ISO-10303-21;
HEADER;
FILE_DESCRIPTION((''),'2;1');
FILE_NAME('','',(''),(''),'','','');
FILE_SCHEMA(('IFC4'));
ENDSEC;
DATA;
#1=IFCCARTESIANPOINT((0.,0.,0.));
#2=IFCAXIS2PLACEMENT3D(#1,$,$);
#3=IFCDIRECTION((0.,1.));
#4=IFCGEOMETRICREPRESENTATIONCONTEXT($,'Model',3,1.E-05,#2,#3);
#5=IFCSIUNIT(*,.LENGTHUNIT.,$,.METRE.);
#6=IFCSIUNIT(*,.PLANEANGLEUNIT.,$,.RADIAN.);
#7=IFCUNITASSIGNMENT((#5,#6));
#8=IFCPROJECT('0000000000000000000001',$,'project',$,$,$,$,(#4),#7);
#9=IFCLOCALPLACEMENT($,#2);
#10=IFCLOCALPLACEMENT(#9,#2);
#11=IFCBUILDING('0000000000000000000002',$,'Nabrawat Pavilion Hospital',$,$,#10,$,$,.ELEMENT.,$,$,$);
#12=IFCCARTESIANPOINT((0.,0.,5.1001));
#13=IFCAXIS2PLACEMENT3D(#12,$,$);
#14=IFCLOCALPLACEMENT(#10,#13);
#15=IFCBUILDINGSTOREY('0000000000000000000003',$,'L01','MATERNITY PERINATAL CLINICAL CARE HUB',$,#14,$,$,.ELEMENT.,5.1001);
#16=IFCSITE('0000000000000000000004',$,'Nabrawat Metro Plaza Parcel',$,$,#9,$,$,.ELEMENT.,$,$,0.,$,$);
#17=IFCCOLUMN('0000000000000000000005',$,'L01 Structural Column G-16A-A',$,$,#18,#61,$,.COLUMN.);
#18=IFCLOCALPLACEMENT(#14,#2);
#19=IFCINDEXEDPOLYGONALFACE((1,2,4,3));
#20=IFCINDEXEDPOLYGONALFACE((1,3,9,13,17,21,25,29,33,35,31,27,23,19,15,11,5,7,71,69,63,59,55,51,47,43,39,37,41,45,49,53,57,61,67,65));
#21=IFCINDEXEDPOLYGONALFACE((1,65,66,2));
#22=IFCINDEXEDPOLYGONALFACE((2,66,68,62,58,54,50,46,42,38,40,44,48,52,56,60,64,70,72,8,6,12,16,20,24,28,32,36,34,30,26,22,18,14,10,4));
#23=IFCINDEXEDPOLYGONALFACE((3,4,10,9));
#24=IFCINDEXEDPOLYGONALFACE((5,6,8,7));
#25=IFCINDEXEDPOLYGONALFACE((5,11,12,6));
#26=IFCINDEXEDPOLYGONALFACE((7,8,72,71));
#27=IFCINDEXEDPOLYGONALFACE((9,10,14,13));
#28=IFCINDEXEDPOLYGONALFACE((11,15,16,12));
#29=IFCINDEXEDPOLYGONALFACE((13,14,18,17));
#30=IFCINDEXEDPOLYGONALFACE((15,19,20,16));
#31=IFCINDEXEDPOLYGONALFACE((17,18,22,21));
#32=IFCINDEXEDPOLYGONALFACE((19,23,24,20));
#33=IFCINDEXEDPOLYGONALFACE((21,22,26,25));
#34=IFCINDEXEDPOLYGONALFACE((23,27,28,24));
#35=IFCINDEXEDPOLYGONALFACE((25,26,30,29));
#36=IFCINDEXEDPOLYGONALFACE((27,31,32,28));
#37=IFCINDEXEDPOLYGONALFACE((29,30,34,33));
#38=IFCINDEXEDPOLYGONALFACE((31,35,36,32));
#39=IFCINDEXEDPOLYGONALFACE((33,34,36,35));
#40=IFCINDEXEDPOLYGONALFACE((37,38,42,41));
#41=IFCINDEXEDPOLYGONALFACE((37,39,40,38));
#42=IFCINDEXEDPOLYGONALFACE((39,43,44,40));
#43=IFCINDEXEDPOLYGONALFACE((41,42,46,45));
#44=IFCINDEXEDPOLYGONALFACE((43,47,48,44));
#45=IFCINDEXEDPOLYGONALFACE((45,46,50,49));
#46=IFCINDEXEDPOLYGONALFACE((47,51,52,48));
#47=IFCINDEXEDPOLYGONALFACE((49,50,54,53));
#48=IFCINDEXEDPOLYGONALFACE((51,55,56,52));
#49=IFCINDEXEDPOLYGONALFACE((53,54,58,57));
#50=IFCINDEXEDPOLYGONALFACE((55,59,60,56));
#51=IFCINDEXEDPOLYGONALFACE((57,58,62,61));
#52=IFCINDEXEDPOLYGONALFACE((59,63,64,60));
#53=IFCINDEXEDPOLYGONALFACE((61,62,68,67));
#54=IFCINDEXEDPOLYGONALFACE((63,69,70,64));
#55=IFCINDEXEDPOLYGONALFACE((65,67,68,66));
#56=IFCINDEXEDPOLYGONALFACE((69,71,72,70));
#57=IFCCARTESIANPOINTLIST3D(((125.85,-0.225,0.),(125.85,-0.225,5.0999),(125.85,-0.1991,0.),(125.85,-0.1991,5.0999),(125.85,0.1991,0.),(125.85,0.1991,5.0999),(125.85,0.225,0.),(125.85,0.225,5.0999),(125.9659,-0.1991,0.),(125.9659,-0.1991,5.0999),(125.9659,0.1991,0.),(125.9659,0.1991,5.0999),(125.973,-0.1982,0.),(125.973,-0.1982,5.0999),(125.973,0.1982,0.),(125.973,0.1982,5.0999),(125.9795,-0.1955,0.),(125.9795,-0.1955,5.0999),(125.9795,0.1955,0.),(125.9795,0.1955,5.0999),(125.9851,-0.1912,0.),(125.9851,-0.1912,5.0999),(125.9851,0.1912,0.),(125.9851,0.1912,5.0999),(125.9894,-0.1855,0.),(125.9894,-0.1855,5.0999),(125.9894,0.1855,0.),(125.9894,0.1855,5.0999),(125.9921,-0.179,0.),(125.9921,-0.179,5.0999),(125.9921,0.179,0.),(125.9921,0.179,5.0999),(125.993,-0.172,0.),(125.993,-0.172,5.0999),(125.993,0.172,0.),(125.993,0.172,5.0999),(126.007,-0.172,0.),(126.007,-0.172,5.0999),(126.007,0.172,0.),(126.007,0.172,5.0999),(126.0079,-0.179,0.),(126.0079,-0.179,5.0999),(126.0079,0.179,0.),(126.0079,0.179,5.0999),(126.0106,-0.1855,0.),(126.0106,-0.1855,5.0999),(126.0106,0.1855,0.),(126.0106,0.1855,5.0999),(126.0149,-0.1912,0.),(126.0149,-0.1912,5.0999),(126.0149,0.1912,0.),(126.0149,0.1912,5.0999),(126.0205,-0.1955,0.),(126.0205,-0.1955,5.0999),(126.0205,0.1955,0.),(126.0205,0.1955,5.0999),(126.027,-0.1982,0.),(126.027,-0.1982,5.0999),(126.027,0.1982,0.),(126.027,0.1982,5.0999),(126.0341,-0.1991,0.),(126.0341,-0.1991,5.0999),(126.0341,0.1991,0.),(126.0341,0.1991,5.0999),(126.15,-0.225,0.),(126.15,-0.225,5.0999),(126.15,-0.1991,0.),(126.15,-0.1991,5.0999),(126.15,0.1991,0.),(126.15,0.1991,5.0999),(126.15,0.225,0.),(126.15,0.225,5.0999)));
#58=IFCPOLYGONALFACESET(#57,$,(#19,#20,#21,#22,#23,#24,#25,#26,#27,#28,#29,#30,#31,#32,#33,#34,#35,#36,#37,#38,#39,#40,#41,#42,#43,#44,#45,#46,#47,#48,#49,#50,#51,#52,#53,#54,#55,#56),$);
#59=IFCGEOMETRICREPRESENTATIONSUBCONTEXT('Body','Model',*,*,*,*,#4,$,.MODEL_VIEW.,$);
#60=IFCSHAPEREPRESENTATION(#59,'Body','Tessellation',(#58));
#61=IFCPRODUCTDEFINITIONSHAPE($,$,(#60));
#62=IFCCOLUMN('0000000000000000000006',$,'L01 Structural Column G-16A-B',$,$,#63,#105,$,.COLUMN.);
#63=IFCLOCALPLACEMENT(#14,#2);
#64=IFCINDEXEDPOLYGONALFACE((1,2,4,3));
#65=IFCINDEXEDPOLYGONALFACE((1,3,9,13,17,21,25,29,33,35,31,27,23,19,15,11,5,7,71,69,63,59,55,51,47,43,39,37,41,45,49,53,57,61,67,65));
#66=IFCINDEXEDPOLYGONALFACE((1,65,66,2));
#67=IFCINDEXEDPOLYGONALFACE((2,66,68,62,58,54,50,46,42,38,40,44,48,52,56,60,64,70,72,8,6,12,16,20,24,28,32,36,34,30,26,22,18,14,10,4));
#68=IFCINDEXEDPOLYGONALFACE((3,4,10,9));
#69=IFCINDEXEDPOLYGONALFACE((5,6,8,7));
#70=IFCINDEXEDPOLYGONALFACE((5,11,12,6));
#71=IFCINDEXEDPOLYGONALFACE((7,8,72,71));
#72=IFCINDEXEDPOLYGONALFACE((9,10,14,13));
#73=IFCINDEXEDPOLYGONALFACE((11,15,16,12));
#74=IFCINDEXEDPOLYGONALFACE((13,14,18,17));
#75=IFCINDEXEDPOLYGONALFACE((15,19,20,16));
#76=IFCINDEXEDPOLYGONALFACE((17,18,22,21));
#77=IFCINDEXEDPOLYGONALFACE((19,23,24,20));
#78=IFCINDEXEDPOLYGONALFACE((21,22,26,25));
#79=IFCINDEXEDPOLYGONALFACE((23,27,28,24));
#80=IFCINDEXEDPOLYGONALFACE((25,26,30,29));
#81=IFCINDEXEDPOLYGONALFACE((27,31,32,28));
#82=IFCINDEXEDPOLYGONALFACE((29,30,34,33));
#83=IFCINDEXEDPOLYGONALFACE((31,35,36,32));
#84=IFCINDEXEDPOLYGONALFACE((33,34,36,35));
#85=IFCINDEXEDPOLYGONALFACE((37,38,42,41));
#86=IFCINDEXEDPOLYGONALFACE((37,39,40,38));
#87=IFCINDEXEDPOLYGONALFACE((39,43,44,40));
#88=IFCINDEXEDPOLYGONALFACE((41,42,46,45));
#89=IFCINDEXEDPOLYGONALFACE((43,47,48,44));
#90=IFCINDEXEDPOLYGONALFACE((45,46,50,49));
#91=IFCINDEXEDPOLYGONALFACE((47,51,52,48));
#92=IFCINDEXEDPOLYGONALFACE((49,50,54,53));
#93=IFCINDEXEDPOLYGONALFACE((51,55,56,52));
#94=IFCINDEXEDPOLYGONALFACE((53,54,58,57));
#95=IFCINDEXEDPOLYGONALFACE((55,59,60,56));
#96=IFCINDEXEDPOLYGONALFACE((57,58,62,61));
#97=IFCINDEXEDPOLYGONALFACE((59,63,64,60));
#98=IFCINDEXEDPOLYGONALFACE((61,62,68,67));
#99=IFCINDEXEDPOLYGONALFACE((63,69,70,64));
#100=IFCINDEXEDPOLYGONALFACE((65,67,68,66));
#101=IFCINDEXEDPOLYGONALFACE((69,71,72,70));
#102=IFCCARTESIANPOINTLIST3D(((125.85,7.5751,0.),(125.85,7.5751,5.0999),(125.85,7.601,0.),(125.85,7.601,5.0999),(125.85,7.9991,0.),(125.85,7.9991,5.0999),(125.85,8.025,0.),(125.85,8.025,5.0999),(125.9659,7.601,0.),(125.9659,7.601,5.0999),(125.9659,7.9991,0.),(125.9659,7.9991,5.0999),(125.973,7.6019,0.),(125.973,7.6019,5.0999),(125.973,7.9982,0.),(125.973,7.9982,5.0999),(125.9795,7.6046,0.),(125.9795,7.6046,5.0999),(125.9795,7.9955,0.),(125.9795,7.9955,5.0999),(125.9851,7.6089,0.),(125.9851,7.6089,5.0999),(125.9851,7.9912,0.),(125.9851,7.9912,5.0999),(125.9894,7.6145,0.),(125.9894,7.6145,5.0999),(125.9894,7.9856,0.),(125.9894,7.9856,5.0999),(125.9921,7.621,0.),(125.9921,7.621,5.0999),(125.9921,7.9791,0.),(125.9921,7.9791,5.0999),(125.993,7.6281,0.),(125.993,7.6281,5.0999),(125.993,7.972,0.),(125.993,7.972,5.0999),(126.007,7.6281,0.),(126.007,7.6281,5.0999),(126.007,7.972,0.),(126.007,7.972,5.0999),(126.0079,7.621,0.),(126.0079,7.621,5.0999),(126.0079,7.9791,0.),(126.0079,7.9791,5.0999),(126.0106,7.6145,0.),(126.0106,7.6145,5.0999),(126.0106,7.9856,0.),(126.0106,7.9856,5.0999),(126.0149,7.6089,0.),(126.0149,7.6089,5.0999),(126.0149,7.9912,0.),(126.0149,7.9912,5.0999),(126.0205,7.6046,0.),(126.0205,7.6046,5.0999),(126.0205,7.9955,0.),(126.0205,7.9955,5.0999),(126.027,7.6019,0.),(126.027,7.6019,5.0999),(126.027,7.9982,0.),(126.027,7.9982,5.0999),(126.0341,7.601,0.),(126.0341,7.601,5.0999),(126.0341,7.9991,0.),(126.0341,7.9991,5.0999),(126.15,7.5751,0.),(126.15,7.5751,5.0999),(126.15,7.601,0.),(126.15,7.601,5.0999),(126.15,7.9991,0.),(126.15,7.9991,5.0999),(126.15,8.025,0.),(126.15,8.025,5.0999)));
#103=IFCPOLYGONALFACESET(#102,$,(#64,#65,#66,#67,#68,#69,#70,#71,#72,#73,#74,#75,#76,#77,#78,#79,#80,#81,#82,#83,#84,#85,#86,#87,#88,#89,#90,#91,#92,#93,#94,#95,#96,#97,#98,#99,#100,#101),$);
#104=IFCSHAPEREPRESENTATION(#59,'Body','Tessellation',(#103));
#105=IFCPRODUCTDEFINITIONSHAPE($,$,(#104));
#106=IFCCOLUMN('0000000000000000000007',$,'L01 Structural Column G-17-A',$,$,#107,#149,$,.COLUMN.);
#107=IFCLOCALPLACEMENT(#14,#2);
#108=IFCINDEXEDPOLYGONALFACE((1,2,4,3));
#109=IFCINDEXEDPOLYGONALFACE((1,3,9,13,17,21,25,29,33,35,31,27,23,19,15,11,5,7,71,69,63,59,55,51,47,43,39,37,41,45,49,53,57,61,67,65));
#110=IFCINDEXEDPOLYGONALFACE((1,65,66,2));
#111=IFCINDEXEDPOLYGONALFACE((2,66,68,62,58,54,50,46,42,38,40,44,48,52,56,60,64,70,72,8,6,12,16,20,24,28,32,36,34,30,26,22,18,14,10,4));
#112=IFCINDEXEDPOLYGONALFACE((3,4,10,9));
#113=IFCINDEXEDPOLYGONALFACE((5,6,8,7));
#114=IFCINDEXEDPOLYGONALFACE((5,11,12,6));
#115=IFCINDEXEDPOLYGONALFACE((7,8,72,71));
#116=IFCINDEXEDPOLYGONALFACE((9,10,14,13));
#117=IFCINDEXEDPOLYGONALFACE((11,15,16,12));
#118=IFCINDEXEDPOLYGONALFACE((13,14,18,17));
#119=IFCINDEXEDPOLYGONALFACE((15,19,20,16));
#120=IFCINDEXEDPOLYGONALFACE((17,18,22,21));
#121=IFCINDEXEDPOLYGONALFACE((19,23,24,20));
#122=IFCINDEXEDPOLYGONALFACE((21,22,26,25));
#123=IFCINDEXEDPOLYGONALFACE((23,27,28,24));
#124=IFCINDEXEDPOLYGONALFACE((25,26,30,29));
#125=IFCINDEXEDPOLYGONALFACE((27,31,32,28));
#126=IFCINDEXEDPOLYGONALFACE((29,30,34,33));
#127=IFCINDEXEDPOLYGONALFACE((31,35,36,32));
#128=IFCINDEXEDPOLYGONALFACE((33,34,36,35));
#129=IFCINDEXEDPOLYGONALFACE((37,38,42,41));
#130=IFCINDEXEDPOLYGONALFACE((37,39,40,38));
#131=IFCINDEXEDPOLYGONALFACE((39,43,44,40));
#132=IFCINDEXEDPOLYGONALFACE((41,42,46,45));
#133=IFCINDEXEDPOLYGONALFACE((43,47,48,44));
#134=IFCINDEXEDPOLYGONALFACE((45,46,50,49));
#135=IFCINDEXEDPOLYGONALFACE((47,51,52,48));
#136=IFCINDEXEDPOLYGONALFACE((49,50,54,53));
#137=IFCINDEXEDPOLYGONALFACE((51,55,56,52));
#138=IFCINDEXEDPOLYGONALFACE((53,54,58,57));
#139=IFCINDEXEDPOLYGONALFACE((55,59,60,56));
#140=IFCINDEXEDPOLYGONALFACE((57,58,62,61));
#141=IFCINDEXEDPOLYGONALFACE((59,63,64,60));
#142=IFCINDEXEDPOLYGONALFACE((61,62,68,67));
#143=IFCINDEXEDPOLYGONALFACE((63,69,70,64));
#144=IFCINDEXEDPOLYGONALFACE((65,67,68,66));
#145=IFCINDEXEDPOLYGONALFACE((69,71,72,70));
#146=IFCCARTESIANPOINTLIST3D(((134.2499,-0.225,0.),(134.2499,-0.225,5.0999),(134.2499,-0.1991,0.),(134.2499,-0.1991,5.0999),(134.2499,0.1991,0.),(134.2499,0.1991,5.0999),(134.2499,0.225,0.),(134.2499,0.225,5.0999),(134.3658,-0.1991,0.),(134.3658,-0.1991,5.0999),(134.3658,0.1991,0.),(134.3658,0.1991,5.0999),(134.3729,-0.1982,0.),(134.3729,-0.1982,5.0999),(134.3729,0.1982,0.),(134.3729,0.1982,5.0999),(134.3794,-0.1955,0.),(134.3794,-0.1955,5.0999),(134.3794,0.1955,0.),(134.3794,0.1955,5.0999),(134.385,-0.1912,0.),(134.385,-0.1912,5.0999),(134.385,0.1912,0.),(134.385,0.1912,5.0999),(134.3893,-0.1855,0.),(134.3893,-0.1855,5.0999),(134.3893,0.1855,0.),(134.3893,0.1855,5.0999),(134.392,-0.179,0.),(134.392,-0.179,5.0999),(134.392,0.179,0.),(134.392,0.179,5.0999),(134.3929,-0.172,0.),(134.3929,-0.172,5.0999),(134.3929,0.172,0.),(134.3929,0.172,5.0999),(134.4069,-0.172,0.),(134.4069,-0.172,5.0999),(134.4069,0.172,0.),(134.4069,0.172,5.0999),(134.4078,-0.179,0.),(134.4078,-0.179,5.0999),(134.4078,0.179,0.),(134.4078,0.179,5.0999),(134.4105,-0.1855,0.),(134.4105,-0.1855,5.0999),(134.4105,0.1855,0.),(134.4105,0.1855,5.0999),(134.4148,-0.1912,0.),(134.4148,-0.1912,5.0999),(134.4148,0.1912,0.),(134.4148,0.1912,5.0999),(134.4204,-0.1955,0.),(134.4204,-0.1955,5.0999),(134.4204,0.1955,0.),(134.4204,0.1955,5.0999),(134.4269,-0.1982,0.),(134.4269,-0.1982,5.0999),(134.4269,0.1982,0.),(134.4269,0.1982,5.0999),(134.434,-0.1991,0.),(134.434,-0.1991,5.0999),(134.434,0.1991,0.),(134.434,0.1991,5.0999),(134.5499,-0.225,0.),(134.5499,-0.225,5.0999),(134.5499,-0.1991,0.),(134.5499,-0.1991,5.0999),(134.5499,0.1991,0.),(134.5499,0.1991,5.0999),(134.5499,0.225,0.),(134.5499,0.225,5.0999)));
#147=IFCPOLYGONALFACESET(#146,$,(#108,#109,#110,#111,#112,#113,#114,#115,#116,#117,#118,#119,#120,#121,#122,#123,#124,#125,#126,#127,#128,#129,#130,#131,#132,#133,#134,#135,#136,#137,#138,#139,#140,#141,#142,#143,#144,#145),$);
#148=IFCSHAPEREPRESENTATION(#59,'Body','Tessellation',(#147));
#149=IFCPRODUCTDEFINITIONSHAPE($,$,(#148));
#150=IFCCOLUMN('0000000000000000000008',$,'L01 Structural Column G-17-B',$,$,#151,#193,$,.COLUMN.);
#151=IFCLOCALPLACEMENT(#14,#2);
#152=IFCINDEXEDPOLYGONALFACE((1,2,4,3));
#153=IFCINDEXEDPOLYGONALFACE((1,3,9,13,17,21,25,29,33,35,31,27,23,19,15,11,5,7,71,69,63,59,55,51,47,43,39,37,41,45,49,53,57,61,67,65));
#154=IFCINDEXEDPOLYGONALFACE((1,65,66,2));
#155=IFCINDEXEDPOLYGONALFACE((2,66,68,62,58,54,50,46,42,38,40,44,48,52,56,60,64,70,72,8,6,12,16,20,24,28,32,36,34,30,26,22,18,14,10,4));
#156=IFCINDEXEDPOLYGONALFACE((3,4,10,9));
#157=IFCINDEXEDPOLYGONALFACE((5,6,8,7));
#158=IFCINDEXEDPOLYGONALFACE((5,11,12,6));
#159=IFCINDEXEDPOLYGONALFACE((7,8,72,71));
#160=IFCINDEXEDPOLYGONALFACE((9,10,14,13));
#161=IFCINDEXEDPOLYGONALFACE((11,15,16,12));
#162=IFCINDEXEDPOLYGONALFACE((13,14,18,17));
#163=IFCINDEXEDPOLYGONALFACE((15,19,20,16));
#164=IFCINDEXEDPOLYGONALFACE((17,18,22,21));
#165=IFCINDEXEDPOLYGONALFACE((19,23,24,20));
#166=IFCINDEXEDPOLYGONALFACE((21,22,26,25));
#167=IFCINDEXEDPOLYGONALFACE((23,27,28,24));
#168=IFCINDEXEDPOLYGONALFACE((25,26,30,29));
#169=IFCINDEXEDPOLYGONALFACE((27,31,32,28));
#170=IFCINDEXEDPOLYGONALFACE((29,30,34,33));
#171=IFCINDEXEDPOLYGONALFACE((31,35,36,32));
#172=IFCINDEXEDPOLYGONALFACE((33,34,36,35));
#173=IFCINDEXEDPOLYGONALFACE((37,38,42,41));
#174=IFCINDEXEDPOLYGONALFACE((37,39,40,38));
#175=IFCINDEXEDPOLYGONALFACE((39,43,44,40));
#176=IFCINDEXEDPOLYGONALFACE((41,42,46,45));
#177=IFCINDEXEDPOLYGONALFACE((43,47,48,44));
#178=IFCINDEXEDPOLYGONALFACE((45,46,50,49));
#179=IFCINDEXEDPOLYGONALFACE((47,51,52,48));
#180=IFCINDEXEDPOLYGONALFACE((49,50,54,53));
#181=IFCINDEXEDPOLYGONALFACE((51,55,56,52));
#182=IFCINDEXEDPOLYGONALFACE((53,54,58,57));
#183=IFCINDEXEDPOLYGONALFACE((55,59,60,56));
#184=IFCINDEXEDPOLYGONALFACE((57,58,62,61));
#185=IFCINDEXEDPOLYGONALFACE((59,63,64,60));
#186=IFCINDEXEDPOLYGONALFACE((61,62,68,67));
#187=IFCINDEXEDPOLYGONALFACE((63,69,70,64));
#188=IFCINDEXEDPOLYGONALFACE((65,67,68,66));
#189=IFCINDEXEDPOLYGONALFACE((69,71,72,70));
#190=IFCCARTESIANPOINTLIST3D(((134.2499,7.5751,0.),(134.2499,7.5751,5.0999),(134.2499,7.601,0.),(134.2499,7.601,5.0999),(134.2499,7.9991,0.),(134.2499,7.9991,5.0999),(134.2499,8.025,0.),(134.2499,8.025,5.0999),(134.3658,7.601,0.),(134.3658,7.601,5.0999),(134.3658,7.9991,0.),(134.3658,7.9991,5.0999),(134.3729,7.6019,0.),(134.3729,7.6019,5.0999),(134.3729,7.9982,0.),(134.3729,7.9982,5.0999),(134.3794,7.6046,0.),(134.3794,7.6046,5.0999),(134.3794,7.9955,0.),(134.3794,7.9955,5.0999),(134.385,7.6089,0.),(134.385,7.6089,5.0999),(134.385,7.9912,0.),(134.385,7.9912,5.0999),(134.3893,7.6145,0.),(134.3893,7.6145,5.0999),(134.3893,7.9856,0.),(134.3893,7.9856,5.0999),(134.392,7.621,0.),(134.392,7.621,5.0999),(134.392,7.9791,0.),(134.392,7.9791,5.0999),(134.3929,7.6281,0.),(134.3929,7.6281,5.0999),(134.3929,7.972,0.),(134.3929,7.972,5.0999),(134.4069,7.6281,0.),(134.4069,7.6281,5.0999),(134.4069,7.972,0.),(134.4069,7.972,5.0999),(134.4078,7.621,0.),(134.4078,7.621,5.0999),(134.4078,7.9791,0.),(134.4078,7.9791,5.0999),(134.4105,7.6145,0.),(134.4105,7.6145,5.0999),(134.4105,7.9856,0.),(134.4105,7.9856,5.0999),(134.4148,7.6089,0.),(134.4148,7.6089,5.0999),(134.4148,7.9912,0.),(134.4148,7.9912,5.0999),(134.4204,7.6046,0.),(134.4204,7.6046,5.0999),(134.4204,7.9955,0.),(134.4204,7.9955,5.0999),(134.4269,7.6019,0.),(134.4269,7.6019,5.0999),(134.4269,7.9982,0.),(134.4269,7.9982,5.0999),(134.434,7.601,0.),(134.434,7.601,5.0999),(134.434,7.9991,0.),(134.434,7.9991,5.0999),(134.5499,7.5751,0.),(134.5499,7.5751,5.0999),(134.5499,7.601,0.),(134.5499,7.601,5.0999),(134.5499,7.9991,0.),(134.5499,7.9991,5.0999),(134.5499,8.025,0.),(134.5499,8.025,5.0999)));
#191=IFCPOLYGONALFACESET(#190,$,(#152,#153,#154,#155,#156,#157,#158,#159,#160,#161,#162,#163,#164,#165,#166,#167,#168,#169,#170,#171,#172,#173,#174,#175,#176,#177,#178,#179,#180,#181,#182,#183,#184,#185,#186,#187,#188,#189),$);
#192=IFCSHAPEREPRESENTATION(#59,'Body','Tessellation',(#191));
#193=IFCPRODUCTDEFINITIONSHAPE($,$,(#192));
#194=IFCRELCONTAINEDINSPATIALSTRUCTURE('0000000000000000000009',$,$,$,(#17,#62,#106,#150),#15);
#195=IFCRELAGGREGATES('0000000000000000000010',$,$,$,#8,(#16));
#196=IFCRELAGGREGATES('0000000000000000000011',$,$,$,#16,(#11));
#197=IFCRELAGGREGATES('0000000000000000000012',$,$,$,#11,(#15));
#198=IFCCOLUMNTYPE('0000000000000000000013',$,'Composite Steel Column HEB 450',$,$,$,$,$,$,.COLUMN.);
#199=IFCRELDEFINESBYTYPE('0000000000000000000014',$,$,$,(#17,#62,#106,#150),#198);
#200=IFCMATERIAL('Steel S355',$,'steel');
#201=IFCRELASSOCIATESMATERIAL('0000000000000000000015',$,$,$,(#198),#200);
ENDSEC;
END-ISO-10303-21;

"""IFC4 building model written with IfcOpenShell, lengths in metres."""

from ifc_helpers import new_model, si_unit, direction, frame, origin, origin_2d, place, context, subcontext, project, spatial, i_section, extrude, material, material_profile, profile_set, type_object, element, save


model = new_model("IFC4")

# Units and contexts
model_context = context("Model", 3, precision=1e-05, world=origin(), true_north=direction((0.0, 1.0)))
body_context = subcontext(model_context, "Body", "Model", "MODEL_VIEW")
ifc_project = project(units=[si_unit("LENGTHUNIT", "METRE"), si_unit("PLANEANGLEUNIT", "RADIAN")], contexts=[model_context])

# Site, building, storey
site_placement = place(None, origin())
site = spatial("IfcSite", under=ifc_project, at=site_placement, Name="Nabrawat Metro Plaza Parcel", CompositionType="ELEMENT", RefElevation=0.0)
building_placement = place(site_placement, origin())
building = spatial("IfcBuilding", under=site, at=building_placement, Name="Nabrawat Pavilion Hospital", CompositionType="ELEMENT")
storey_placement = place(building_placement, frame((0.0, 0.0, 5.1001)))
storey = spatial("IfcBuildingStorey", under=building, at=storey_placement, Name="L01", Description="MATERNITY PERINATAL CLINICAL CARE HUB", CompositionType="ELEMENT", Elevation=5.1001)

# Columns
ifc_material_1 = material(Name="Steel S355", Category="steel")
ifc_material_profile_1 = material_profile(ifc_material_1, i_section(OverallWidth=0.3, OverallDepth=0.45, WebThickness=0.0139, FlangeThickness=0.0259, FilletRadius=0.0271, at=origin_2d()), Name="HEB 450")
ifc_profile_set_1 = profile_set([ifc_material_profile_1], Name="Steel S355")
column_type_1 = type_object("IfcColumnType", Name="Composite Steel Column HEB 450", PredefinedType="COLUMN", material=ifc_profile_set_1)
for number, where, z_axis, x_axis, name in (
    (1, (126.0, 0.0, 0.0), (0.0, 0.0, 1.0), (1.0, 0.0, 0.0), "L01 Structural Column G-16A-A"),
    (2, (126.0, 7.8, 0.0), (0.0, 0.0, 1.0), (1.0, 0.0, 0.0), "L01 Structural Column G-16A-B"),
    (3, (134.3999, 0.0, 0.0), (0.0, 0.0, 1.0), (1.0, 0.0, 0.0), "L01 Structural Column G-17-A"),
    (4, (134.3999, 7.8, 0.0), (0.0, 0.0, 1.0), (1.0, 0.0, 0.0), "L01 Structural Column G-17-B"),
):
    element("IfcColumn", number, at=place(storey_placement, frame(where, z_axis=z_axis, x_axis=x_axis)), inside=storey, type_object=column_type_1, Name=name, PredefinedType="COLUMN", context=body_context, shape_type="SweptSolid", body=[
        extrude(i_section(OverallWidth=0.3, OverallDepth=0.45, WebThickness=0.0139, FlangeThickness=0.0259, FilletRadius=0.0271, at=origin_2d()), origin(), (0.0, 0.0, 1.0), 5.0999),
    ])

save(model, "model.ifc")
